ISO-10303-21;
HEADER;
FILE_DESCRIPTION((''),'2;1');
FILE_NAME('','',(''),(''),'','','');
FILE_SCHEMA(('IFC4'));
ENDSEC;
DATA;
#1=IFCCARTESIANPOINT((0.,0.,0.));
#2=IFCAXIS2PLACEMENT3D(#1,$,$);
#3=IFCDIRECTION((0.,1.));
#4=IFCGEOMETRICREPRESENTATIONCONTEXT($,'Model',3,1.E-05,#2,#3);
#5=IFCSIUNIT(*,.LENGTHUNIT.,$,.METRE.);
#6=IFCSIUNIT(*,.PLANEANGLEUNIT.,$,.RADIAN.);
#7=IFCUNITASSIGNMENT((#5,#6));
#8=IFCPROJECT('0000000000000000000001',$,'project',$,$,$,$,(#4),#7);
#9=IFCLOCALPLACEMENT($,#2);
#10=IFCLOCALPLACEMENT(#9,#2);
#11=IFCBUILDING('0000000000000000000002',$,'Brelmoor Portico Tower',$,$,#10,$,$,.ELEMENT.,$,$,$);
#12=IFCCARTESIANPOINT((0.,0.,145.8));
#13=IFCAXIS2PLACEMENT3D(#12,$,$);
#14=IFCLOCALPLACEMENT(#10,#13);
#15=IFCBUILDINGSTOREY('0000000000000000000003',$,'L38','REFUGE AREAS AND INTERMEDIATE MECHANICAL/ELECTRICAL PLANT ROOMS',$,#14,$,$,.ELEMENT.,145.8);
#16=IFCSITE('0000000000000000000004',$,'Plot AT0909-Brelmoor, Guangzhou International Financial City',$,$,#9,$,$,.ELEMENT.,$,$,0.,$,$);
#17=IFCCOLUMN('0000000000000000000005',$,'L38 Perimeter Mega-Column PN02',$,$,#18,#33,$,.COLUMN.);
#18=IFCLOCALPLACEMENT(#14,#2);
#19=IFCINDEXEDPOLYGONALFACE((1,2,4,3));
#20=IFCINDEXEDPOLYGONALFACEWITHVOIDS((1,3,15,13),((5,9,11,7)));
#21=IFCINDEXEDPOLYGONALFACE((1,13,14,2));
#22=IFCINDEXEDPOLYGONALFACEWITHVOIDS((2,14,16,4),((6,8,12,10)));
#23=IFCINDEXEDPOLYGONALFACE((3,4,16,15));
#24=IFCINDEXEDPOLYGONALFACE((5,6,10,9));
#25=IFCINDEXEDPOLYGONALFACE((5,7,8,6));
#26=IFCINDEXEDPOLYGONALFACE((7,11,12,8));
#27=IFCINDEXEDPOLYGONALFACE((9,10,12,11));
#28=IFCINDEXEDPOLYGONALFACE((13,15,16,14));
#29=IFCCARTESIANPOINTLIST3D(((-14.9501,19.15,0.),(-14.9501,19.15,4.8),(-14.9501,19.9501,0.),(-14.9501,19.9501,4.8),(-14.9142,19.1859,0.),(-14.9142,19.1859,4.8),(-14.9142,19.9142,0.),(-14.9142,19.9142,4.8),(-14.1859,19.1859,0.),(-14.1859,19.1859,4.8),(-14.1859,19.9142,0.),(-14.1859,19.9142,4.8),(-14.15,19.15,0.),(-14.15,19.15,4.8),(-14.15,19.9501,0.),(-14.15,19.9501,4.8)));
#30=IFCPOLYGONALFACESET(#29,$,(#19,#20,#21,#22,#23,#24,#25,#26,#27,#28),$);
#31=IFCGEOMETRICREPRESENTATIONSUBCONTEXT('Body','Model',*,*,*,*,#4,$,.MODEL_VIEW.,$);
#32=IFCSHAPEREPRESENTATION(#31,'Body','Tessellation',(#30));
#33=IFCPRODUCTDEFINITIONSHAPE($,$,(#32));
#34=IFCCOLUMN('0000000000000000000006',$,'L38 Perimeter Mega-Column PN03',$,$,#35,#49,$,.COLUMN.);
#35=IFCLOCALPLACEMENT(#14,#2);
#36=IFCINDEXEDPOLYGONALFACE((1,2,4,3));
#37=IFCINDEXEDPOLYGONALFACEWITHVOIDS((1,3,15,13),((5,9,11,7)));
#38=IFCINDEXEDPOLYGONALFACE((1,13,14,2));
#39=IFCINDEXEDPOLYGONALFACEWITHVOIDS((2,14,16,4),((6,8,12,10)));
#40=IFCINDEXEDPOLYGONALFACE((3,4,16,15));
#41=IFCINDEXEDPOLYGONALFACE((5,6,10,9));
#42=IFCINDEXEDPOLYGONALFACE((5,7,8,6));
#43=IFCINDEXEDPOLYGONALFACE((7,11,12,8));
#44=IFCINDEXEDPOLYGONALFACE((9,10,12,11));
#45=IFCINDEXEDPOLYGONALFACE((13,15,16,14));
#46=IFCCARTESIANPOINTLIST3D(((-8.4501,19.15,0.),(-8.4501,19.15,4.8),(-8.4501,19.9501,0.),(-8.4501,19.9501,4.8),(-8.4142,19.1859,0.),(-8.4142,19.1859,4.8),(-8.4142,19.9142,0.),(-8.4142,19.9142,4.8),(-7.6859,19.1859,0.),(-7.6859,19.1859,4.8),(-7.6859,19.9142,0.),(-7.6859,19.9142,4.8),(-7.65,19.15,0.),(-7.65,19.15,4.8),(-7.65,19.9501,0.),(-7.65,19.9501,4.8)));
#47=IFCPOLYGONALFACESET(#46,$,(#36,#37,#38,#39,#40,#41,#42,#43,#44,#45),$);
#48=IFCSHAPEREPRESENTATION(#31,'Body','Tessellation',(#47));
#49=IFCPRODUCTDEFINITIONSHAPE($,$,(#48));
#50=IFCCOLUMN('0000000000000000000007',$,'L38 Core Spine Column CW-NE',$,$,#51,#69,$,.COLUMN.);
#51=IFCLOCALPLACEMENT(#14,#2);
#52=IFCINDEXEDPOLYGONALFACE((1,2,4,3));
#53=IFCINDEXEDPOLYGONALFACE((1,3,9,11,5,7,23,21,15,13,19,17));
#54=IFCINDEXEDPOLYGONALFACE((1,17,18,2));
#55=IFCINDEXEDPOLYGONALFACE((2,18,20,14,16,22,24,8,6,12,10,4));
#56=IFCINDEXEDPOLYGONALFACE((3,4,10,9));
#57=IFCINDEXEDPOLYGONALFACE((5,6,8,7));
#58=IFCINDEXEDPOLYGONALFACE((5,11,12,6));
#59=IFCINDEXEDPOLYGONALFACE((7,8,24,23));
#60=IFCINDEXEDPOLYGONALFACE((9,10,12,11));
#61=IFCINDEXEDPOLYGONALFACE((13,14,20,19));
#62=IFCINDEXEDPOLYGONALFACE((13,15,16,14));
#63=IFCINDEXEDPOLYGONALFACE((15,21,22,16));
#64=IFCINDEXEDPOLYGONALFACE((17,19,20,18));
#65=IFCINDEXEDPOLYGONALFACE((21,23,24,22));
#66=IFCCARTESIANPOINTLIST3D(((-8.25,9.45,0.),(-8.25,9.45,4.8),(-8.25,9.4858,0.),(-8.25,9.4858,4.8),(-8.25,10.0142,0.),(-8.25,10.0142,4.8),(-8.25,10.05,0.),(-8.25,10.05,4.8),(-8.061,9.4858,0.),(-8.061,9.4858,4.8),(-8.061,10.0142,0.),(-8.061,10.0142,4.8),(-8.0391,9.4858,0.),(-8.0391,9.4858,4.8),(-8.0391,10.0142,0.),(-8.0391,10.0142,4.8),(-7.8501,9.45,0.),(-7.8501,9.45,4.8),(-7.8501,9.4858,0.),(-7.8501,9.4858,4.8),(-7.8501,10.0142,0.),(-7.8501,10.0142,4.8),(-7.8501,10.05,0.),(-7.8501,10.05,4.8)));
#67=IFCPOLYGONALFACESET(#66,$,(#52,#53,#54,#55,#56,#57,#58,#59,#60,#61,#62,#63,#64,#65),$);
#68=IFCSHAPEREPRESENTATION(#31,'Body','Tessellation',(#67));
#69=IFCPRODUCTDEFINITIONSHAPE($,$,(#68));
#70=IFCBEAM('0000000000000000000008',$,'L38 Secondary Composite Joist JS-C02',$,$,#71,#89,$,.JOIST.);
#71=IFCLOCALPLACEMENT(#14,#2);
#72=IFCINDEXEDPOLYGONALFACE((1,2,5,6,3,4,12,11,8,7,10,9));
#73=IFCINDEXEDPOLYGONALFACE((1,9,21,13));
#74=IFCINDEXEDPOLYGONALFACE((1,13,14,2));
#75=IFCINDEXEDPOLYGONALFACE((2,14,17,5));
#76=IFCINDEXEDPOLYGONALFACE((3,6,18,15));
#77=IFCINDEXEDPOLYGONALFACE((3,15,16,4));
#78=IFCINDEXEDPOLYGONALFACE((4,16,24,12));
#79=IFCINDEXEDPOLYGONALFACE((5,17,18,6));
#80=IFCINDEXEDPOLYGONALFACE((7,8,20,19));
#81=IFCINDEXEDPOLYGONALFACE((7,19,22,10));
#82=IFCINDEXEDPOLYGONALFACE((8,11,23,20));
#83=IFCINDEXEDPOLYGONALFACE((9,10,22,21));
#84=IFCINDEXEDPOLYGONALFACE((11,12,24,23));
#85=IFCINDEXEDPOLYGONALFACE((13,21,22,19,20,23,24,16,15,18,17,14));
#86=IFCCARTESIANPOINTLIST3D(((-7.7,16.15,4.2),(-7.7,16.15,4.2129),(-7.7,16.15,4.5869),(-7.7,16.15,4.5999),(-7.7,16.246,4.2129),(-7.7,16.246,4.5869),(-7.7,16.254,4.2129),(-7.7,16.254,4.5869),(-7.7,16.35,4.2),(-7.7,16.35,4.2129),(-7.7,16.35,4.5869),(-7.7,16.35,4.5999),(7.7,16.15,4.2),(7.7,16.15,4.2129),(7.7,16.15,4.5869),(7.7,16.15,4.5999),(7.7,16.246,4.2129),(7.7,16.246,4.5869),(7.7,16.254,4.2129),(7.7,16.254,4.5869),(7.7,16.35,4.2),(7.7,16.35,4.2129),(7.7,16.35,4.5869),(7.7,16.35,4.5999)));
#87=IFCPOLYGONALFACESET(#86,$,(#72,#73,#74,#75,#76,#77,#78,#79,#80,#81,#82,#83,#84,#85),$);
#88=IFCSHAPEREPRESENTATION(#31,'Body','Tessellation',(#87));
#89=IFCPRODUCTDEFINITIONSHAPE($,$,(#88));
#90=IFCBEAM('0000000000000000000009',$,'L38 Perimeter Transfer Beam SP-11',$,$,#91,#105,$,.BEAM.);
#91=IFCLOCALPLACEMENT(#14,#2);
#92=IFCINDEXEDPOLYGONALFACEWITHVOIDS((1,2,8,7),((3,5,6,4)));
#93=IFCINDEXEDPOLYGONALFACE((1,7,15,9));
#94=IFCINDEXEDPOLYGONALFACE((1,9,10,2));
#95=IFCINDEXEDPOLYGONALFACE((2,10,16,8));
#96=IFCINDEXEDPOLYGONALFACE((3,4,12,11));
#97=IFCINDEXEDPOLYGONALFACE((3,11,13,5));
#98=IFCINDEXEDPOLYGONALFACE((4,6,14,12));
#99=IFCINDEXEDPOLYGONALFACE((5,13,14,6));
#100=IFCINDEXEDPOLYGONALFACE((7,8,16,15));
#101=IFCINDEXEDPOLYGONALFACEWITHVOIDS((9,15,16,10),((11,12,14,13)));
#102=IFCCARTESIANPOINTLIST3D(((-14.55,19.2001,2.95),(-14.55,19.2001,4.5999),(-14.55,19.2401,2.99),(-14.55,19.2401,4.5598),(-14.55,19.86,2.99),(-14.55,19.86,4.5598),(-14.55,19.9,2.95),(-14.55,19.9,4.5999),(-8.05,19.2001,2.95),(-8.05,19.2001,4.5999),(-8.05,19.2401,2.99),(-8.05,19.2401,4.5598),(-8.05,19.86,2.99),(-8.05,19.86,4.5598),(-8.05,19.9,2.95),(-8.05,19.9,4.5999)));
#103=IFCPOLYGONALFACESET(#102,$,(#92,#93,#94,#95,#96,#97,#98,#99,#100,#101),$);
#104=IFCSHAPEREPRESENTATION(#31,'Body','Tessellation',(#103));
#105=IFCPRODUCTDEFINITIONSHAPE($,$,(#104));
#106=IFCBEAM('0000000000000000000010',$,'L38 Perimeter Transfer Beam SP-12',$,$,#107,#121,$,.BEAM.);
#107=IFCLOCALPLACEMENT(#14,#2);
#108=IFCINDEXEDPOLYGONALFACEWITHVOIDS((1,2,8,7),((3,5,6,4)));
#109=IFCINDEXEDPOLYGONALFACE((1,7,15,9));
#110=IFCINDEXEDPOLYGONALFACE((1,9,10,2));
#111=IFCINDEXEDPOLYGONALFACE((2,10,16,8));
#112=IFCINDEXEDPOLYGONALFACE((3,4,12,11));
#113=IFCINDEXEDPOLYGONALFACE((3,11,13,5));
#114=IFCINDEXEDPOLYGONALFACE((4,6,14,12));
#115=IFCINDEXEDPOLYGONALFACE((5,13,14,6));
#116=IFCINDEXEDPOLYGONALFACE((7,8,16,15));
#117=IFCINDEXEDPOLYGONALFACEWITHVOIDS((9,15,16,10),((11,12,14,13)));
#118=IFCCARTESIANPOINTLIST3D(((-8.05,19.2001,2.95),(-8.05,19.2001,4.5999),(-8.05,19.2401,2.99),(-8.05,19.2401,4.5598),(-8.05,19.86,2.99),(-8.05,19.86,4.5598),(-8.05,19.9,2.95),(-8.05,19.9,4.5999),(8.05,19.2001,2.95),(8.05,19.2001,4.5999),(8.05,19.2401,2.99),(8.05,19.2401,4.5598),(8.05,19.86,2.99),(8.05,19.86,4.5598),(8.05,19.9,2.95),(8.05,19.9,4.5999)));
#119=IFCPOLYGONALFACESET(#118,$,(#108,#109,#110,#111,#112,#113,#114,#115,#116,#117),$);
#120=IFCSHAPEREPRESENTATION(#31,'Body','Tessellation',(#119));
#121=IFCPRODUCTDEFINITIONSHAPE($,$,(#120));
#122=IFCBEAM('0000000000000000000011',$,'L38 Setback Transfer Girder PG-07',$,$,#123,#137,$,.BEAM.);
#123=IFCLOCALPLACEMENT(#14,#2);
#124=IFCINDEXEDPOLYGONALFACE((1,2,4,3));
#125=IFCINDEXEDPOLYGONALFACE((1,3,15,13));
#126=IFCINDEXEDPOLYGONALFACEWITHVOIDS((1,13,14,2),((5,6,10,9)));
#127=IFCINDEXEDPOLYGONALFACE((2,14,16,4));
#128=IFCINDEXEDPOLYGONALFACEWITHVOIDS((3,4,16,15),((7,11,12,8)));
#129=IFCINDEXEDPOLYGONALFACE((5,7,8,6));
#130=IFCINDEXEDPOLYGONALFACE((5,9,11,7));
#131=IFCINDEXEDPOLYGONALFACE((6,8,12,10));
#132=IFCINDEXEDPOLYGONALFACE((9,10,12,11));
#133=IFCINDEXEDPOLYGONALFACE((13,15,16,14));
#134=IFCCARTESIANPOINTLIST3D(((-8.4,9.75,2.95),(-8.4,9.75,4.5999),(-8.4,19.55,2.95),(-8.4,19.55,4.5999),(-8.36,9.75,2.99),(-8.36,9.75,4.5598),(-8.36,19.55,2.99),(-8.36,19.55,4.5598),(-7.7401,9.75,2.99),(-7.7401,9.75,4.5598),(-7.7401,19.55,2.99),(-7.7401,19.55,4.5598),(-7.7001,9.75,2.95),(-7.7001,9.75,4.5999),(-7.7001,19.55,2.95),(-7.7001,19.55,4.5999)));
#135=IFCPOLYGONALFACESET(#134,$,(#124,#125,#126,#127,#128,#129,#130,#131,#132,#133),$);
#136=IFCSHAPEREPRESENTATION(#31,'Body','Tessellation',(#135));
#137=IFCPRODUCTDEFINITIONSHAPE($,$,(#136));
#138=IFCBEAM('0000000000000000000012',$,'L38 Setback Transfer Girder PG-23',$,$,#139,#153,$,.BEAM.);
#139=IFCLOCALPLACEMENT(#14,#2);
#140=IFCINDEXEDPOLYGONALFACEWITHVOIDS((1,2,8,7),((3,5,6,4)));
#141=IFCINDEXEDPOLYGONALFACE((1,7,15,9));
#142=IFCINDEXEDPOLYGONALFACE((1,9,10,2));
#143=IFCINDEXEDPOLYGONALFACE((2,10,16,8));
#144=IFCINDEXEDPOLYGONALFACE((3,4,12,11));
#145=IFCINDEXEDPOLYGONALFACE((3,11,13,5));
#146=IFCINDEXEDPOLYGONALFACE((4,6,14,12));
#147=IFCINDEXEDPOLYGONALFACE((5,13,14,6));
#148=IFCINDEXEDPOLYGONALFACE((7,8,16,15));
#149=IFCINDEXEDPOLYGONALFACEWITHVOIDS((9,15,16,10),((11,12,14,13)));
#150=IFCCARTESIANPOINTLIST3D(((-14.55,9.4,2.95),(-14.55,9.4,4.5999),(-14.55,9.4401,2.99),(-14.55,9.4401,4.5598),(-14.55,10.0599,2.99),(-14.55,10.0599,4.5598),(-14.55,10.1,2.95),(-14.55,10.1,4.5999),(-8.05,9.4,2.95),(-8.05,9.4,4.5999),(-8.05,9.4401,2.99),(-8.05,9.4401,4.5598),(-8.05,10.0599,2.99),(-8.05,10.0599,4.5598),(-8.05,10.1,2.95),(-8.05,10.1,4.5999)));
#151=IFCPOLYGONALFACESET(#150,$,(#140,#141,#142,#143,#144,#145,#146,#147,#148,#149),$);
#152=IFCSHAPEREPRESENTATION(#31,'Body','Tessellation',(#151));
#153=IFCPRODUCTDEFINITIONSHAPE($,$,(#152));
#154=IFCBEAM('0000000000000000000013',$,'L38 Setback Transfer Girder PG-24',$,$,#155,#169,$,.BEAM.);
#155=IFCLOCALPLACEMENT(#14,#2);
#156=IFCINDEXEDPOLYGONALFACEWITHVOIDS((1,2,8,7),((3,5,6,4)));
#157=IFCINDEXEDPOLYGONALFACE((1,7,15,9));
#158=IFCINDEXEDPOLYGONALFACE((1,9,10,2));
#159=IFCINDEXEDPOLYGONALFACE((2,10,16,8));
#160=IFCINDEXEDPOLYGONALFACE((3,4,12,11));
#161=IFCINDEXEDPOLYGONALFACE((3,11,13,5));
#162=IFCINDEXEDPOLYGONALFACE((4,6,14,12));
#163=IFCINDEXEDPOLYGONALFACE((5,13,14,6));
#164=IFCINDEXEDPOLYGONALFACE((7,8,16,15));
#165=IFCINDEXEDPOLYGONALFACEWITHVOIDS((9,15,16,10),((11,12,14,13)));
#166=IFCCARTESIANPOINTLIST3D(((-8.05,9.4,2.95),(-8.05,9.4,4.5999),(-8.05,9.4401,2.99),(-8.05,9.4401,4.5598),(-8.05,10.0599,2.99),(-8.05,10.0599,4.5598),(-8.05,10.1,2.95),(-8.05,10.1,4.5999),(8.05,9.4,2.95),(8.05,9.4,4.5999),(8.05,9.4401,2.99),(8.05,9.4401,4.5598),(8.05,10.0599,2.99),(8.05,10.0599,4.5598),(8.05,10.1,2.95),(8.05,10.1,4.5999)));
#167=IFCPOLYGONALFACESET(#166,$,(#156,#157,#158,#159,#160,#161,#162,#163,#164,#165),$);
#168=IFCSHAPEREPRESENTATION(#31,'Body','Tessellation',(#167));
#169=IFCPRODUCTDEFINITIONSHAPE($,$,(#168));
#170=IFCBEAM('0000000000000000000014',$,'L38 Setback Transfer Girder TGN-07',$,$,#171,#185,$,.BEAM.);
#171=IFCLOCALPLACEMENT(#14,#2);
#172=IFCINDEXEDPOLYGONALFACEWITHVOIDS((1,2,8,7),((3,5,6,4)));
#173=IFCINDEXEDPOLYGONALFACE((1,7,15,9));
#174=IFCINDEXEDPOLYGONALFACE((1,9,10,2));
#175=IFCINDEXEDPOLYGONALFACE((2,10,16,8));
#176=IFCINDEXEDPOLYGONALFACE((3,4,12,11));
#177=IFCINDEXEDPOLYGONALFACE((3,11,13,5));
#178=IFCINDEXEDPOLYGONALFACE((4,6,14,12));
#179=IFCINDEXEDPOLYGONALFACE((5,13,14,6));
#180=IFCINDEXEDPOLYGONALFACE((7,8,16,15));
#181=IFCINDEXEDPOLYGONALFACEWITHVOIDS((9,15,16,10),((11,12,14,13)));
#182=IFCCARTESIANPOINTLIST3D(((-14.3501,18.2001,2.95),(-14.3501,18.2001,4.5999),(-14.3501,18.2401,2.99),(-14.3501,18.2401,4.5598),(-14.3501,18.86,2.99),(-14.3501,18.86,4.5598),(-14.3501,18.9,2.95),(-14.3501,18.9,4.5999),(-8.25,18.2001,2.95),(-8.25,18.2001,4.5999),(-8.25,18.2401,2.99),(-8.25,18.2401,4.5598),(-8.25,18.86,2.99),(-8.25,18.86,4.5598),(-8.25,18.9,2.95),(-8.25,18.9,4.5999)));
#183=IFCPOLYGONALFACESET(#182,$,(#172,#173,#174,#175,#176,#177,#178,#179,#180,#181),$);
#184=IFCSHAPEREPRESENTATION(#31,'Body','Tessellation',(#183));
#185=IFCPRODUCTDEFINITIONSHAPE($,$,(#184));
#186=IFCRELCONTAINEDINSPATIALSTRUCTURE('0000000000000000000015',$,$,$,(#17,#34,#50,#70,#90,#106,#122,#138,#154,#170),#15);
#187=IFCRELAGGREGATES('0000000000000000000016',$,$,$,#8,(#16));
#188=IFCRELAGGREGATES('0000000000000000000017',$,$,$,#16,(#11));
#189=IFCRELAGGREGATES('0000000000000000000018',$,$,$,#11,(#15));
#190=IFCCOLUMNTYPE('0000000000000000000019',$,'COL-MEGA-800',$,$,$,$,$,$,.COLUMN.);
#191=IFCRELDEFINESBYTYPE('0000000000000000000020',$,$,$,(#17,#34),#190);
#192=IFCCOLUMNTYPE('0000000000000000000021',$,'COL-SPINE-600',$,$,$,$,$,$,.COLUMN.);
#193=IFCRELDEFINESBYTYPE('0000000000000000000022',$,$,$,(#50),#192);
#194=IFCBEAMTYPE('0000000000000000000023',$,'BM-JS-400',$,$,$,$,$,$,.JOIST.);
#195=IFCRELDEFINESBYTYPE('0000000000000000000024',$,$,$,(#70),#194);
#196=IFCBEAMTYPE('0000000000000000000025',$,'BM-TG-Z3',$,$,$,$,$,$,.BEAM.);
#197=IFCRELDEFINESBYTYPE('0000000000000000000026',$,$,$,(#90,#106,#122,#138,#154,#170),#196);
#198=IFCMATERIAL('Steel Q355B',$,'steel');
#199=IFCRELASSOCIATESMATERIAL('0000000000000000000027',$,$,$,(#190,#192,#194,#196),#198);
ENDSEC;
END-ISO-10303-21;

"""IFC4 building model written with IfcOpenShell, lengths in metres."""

from ifc_helpers import new_model, si_unit, direction, frame, origin, origin_2d, place, context, subcontext, project, spatial, hollow_rectangle, i_section, extrude, material, material_profile, profile_set, type_object, element, save


model = new_model("IFC4")

# Units and contexts
model_context = context("Model", 3, precision=1e-05, world=origin(), true_north=direction((0.0, 1.0)))
body_context = subcontext(model_context, "Body", "Model", "MODEL_VIEW")
ifc_project = project(units=[si_unit("LENGTHUNIT", "METRE"), si_unit("PLANEANGLEUNIT", "RADIAN")], contexts=[model_context])

# Site, building, storey
site_placement = place(None, origin())
site = spatial("IfcSite", under=ifc_project, at=site_placement, Name="Plot AT0909-Brelmoor, Guangzhou International Financial City", CompositionType="ELEMENT", RefElevation=0.0)
building_placement = place(site_placement, origin())
building = spatial("IfcBuilding", under=site, at=building_placement, Name="Brelmoor Portico Tower", CompositionType="ELEMENT")
storey_placement = place(building_placement, frame((0.0, 0.0, 145.8)))
storey = spatial("IfcBuildingStorey", under=building, at=storey_placement, Name="L38", Description="REFUGE AREAS AND INTERMEDIATE MECHANICAL/ELECTRICAL PLANT ROOMS", CompositionType="ELEMENT", Elevation=145.8)

# Columns
ifc_material_1 = material(Name="Steel Q355B", Category="steel")
ifc_material_profile_1 = material_profile(ifc_material_1, hollow_rectangle(XDim=0.8, YDim=0.8, WallThickness=0.0359, at=origin_2d()), Name="BOX 800x800x36")
ifc_profile_set_1 = profile_set([ifc_material_profile_1], Name="Steel Q355B")
column_type_1 = type_object("IfcColumnType", Name="COL-MEGA-800", PredefinedType="COLUMN", material=ifc_profile_set_1)
for number, where, z_axis, x_axis, name in (
    (1, (-14.55, 19.55, 0.0), (0.0, 0.0, 1.0), (1.0, 0.0, 0.0), "L38 Perimeter Mega-Column PN02"),
    (2, (-8.05, 19.55, 0.0), (0.0, 0.0, 1.0), (1.0, 0.0, 0.0), "L38 Perimeter Mega-Column PN03"),
):
    element("IfcColumn", number, at=place(storey_placement, frame(where, z_axis=z_axis, x_axis=x_axis)), inside=storey, type_object=column_type_1, Name=name, PredefinedType="COLUMN", context=body_context, shape_type="SweptSolid", body=[
        extrude(hollow_rectangle(XDim=0.8, YDim=0.8, WallThickness=0.0359, at=origin_2d()), origin(), (0.0, 0.0, 1.0), 4.8),
    ])
ifc_material_profile_2 = material_profile(ifc_material_1, i_section(OverallWidth=0.3999, OverallDepth=0.6001, WebThickness=0.022, FlangeThickness=0.0359, at=origin_2d()), Name="HW 600x400x22x36")
ifc_profile_set_2 = profile_set([ifc_material_profile_2], Name="Steel Q355B")
column_type_2 = type_object("IfcColumnType", Name="COL-SPINE-600", PredefinedType="COLUMN", material=ifc_profile_set_2)
column_placement = place(storey_placement, frame((-8.05, 9.75, 0.0), z_axis=(0.0, 0.0, 1.0), x_axis=(1.0, 0.0, 0.0)))
element("IfcColumn", 3, at=column_placement, inside=storey, type_object=column_type_2, Name="L38 Core Spine Column CW-NE", PredefinedType="COLUMN", context=body_context, shape_type="SweptSolid", body=[
    extrude(i_section(OverallWidth=0.3999, OverallDepth=0.6001, WebThickness=0.022, FlangeThickness=0.0359, at=origin_2d()), origin(), (0.0, 0.0, 1.0), 4.8),
])

# Beams
ifc_material_profile_3 = material_profile(ifc_material_1, i_section(OverallWidth=0.2, OverallDepth=0.3999, WebThickness=0.0081, FlangeThickness=0.0129, at=origin_2d()), Name="HN 400x200x8x13")
ifc_profile_set_3 = profile_set([ifc_material_profile_3], Name="Steel Q355B")
beam_type_1 = type_object("IfcBeamType", Name="BM-JS-400", PredefinedType="JOIST", material=ifc_profile_set_3)
beam_1_placement = place(storey_placement, frame((-7.7, 16.25, 4.3999), z_axis=(1.0, 0.0, 0.0), x_axis=(0.0, 1.0, 0.0)))
element("IfcBeam", 4, at=beam_1_placement, inside=storey, type_object=beam_type_1, Name="L38 Secondary Composite Joist JS-C02", PredefinedType="JOIST", context=body_context, shape_type="SweptSolid", body=[
    extrude(i_section(OverallWidth=0.2, OverallDepth=0.3999, WebThickness=0.0081, FlangeThickness=0.0129, at=origin_2d()), origin(), (0.0, 0.0, 1.0), 15.3999),
])
ifc_material_profile_4 = material_profile(ifc_material_1, hollow_rectangle(XDim=0.7, YDim=1.6499, WallThickness=0.04, at=origin_2d()), Name="BOX 700x1650x40")
ifc_profile_set_4 = profile_set([ifc_material_profile_4], Name="Steel Q355B")
beam_type_2 = type_object("IfcBeamType", Name="BM-TG-Z3", PredefinedType="BEAM", material=ifc_profile_set_4)
beam_2_placement = place(storey_placement, frame((-14.55, 19.55, 3.7749), z_axis=(1.0, 0.0, 0.0), x_axis=(0.0, 1.0, 0.0)))
element("IfcBeam", 5, at=beam_2_placement, inside=storey, type_object=beam_type_2, Name="L38 Perimeter Transfer Beam SP-11", PredefinedType="BEAM", context=body_context, shape_type="SweptSolid", body=[
    extrude(hollow_rectangle(XDim=0.7, YDim=1.6499, WallThickness=0.04, at=origin_2d()), origin(), (0.0, 0.0, 1.0), 6.5),
])
beam_3_placement = place(storey_placement, frame((-8.05, 19.55, 3.7749), z_axis=(1.0, 0.0, 0.0), x_axis=(0.0, 1.0, 0.0)))
element("IfcBeam", 6, at=beam_3_placement, inside=storey, type_object=beam_type_2, Name="L38 Perimeter Transfer Beam SP-12", PredefinedType="BEAM", context=body_context, shape_type="SweptSolid", body=[
    extrude(hollow_rectangle(XDim=0.7, YDim=1.6499, WallThickness=0.04, at=origin_2d()), origin(), (0.0, 0.0, 1.0), 16.1001),
])
beam_4_placement = place(storey_placement, frame((-8.05, 9.75, 3.7749), z_axis=(0.0, 1.0, 0.0), x_axis=(-1.0, 0.0, 0.0)))
element("IfcBeam", 7, at=beam_4_placement, inside=storey, type_object=beam_type_2, Name="L38 Setback Transfer Girder PG-07", PredefinedType="BEAM", context=body_context, shape_type="SweptSolid", body=[
    extrude(hollow_rectangle(XDim=0.7, YDim=1.6499, WallThickness=0.04, at=origin_2d()), origin(), (0.0, 0.0, 1.0), 9.8),
])
beam_5_placement = place(storey_placement, frame((-14.55, 9.75, 3.7749), z_axis=(1.0, 0.0, 0.0), x_axis=(0.0, 1.0, 0.0)))
element("IfcBeam", 8, at=beam_5_placement, inside=storey, type_object=beam_type_2, Name="L38 Setback Transfer Girder PG-23", PredefinedType="BEAM", context=body_context, shape_type="SweptSolid", body=[
    extrude(hollow_rectangle(XDim=0.7, YDim=1.6499, WallThickness=0.04, at=origin_2d()), origin(), (0.0, 0.0, 1.0), 6.5),
])
beam_6_placement = place(storey_placement, frame((-8.05, 9.75, 3.7749), z_axis=(1.0, 0.0, 0.0), x_axis=(0.0, 1.0, 0.0)))
element("IfcBeam", 9, at=beam_6_placement, inside=storey, type_object=beam_type_2, Name="L38 Setback Transfer Girder PG-24", PredefinedType="BEAM", context=body_context, shape_type="SweptSolid", body=[
    extrude(hollow_rectangle(XDim=0.7, YDim=1.6499, WallThickness=0.04, at=origin_2d()), origin(), (0.0, 0.0, 1.0), 16.1001),
])
beam_7_placement = place(storey_placement, frame((-14.3501, 18.55, 3.7749), z_axis=(1.0, 0.0, 0.0), x_axis=(0.0, 1.0, 0.0)))
element("IfcBeam", 10, at=beam_7_placement, inside=storey, type_object=beam_type_2, Name="L38 Setback Transfer Girder TGN-07", PredefinedType="BEAM", context=body_context, shape_type="SweptSolid", body=[
    extrude(hollow_rectangle(XDim=0.7, YDim=1.6499, WallThickness=0.04, at=origin_2d()), origin(), (0.0, 0.0, 1.0), 6.1001),
])

save(model, "model.ifc")
